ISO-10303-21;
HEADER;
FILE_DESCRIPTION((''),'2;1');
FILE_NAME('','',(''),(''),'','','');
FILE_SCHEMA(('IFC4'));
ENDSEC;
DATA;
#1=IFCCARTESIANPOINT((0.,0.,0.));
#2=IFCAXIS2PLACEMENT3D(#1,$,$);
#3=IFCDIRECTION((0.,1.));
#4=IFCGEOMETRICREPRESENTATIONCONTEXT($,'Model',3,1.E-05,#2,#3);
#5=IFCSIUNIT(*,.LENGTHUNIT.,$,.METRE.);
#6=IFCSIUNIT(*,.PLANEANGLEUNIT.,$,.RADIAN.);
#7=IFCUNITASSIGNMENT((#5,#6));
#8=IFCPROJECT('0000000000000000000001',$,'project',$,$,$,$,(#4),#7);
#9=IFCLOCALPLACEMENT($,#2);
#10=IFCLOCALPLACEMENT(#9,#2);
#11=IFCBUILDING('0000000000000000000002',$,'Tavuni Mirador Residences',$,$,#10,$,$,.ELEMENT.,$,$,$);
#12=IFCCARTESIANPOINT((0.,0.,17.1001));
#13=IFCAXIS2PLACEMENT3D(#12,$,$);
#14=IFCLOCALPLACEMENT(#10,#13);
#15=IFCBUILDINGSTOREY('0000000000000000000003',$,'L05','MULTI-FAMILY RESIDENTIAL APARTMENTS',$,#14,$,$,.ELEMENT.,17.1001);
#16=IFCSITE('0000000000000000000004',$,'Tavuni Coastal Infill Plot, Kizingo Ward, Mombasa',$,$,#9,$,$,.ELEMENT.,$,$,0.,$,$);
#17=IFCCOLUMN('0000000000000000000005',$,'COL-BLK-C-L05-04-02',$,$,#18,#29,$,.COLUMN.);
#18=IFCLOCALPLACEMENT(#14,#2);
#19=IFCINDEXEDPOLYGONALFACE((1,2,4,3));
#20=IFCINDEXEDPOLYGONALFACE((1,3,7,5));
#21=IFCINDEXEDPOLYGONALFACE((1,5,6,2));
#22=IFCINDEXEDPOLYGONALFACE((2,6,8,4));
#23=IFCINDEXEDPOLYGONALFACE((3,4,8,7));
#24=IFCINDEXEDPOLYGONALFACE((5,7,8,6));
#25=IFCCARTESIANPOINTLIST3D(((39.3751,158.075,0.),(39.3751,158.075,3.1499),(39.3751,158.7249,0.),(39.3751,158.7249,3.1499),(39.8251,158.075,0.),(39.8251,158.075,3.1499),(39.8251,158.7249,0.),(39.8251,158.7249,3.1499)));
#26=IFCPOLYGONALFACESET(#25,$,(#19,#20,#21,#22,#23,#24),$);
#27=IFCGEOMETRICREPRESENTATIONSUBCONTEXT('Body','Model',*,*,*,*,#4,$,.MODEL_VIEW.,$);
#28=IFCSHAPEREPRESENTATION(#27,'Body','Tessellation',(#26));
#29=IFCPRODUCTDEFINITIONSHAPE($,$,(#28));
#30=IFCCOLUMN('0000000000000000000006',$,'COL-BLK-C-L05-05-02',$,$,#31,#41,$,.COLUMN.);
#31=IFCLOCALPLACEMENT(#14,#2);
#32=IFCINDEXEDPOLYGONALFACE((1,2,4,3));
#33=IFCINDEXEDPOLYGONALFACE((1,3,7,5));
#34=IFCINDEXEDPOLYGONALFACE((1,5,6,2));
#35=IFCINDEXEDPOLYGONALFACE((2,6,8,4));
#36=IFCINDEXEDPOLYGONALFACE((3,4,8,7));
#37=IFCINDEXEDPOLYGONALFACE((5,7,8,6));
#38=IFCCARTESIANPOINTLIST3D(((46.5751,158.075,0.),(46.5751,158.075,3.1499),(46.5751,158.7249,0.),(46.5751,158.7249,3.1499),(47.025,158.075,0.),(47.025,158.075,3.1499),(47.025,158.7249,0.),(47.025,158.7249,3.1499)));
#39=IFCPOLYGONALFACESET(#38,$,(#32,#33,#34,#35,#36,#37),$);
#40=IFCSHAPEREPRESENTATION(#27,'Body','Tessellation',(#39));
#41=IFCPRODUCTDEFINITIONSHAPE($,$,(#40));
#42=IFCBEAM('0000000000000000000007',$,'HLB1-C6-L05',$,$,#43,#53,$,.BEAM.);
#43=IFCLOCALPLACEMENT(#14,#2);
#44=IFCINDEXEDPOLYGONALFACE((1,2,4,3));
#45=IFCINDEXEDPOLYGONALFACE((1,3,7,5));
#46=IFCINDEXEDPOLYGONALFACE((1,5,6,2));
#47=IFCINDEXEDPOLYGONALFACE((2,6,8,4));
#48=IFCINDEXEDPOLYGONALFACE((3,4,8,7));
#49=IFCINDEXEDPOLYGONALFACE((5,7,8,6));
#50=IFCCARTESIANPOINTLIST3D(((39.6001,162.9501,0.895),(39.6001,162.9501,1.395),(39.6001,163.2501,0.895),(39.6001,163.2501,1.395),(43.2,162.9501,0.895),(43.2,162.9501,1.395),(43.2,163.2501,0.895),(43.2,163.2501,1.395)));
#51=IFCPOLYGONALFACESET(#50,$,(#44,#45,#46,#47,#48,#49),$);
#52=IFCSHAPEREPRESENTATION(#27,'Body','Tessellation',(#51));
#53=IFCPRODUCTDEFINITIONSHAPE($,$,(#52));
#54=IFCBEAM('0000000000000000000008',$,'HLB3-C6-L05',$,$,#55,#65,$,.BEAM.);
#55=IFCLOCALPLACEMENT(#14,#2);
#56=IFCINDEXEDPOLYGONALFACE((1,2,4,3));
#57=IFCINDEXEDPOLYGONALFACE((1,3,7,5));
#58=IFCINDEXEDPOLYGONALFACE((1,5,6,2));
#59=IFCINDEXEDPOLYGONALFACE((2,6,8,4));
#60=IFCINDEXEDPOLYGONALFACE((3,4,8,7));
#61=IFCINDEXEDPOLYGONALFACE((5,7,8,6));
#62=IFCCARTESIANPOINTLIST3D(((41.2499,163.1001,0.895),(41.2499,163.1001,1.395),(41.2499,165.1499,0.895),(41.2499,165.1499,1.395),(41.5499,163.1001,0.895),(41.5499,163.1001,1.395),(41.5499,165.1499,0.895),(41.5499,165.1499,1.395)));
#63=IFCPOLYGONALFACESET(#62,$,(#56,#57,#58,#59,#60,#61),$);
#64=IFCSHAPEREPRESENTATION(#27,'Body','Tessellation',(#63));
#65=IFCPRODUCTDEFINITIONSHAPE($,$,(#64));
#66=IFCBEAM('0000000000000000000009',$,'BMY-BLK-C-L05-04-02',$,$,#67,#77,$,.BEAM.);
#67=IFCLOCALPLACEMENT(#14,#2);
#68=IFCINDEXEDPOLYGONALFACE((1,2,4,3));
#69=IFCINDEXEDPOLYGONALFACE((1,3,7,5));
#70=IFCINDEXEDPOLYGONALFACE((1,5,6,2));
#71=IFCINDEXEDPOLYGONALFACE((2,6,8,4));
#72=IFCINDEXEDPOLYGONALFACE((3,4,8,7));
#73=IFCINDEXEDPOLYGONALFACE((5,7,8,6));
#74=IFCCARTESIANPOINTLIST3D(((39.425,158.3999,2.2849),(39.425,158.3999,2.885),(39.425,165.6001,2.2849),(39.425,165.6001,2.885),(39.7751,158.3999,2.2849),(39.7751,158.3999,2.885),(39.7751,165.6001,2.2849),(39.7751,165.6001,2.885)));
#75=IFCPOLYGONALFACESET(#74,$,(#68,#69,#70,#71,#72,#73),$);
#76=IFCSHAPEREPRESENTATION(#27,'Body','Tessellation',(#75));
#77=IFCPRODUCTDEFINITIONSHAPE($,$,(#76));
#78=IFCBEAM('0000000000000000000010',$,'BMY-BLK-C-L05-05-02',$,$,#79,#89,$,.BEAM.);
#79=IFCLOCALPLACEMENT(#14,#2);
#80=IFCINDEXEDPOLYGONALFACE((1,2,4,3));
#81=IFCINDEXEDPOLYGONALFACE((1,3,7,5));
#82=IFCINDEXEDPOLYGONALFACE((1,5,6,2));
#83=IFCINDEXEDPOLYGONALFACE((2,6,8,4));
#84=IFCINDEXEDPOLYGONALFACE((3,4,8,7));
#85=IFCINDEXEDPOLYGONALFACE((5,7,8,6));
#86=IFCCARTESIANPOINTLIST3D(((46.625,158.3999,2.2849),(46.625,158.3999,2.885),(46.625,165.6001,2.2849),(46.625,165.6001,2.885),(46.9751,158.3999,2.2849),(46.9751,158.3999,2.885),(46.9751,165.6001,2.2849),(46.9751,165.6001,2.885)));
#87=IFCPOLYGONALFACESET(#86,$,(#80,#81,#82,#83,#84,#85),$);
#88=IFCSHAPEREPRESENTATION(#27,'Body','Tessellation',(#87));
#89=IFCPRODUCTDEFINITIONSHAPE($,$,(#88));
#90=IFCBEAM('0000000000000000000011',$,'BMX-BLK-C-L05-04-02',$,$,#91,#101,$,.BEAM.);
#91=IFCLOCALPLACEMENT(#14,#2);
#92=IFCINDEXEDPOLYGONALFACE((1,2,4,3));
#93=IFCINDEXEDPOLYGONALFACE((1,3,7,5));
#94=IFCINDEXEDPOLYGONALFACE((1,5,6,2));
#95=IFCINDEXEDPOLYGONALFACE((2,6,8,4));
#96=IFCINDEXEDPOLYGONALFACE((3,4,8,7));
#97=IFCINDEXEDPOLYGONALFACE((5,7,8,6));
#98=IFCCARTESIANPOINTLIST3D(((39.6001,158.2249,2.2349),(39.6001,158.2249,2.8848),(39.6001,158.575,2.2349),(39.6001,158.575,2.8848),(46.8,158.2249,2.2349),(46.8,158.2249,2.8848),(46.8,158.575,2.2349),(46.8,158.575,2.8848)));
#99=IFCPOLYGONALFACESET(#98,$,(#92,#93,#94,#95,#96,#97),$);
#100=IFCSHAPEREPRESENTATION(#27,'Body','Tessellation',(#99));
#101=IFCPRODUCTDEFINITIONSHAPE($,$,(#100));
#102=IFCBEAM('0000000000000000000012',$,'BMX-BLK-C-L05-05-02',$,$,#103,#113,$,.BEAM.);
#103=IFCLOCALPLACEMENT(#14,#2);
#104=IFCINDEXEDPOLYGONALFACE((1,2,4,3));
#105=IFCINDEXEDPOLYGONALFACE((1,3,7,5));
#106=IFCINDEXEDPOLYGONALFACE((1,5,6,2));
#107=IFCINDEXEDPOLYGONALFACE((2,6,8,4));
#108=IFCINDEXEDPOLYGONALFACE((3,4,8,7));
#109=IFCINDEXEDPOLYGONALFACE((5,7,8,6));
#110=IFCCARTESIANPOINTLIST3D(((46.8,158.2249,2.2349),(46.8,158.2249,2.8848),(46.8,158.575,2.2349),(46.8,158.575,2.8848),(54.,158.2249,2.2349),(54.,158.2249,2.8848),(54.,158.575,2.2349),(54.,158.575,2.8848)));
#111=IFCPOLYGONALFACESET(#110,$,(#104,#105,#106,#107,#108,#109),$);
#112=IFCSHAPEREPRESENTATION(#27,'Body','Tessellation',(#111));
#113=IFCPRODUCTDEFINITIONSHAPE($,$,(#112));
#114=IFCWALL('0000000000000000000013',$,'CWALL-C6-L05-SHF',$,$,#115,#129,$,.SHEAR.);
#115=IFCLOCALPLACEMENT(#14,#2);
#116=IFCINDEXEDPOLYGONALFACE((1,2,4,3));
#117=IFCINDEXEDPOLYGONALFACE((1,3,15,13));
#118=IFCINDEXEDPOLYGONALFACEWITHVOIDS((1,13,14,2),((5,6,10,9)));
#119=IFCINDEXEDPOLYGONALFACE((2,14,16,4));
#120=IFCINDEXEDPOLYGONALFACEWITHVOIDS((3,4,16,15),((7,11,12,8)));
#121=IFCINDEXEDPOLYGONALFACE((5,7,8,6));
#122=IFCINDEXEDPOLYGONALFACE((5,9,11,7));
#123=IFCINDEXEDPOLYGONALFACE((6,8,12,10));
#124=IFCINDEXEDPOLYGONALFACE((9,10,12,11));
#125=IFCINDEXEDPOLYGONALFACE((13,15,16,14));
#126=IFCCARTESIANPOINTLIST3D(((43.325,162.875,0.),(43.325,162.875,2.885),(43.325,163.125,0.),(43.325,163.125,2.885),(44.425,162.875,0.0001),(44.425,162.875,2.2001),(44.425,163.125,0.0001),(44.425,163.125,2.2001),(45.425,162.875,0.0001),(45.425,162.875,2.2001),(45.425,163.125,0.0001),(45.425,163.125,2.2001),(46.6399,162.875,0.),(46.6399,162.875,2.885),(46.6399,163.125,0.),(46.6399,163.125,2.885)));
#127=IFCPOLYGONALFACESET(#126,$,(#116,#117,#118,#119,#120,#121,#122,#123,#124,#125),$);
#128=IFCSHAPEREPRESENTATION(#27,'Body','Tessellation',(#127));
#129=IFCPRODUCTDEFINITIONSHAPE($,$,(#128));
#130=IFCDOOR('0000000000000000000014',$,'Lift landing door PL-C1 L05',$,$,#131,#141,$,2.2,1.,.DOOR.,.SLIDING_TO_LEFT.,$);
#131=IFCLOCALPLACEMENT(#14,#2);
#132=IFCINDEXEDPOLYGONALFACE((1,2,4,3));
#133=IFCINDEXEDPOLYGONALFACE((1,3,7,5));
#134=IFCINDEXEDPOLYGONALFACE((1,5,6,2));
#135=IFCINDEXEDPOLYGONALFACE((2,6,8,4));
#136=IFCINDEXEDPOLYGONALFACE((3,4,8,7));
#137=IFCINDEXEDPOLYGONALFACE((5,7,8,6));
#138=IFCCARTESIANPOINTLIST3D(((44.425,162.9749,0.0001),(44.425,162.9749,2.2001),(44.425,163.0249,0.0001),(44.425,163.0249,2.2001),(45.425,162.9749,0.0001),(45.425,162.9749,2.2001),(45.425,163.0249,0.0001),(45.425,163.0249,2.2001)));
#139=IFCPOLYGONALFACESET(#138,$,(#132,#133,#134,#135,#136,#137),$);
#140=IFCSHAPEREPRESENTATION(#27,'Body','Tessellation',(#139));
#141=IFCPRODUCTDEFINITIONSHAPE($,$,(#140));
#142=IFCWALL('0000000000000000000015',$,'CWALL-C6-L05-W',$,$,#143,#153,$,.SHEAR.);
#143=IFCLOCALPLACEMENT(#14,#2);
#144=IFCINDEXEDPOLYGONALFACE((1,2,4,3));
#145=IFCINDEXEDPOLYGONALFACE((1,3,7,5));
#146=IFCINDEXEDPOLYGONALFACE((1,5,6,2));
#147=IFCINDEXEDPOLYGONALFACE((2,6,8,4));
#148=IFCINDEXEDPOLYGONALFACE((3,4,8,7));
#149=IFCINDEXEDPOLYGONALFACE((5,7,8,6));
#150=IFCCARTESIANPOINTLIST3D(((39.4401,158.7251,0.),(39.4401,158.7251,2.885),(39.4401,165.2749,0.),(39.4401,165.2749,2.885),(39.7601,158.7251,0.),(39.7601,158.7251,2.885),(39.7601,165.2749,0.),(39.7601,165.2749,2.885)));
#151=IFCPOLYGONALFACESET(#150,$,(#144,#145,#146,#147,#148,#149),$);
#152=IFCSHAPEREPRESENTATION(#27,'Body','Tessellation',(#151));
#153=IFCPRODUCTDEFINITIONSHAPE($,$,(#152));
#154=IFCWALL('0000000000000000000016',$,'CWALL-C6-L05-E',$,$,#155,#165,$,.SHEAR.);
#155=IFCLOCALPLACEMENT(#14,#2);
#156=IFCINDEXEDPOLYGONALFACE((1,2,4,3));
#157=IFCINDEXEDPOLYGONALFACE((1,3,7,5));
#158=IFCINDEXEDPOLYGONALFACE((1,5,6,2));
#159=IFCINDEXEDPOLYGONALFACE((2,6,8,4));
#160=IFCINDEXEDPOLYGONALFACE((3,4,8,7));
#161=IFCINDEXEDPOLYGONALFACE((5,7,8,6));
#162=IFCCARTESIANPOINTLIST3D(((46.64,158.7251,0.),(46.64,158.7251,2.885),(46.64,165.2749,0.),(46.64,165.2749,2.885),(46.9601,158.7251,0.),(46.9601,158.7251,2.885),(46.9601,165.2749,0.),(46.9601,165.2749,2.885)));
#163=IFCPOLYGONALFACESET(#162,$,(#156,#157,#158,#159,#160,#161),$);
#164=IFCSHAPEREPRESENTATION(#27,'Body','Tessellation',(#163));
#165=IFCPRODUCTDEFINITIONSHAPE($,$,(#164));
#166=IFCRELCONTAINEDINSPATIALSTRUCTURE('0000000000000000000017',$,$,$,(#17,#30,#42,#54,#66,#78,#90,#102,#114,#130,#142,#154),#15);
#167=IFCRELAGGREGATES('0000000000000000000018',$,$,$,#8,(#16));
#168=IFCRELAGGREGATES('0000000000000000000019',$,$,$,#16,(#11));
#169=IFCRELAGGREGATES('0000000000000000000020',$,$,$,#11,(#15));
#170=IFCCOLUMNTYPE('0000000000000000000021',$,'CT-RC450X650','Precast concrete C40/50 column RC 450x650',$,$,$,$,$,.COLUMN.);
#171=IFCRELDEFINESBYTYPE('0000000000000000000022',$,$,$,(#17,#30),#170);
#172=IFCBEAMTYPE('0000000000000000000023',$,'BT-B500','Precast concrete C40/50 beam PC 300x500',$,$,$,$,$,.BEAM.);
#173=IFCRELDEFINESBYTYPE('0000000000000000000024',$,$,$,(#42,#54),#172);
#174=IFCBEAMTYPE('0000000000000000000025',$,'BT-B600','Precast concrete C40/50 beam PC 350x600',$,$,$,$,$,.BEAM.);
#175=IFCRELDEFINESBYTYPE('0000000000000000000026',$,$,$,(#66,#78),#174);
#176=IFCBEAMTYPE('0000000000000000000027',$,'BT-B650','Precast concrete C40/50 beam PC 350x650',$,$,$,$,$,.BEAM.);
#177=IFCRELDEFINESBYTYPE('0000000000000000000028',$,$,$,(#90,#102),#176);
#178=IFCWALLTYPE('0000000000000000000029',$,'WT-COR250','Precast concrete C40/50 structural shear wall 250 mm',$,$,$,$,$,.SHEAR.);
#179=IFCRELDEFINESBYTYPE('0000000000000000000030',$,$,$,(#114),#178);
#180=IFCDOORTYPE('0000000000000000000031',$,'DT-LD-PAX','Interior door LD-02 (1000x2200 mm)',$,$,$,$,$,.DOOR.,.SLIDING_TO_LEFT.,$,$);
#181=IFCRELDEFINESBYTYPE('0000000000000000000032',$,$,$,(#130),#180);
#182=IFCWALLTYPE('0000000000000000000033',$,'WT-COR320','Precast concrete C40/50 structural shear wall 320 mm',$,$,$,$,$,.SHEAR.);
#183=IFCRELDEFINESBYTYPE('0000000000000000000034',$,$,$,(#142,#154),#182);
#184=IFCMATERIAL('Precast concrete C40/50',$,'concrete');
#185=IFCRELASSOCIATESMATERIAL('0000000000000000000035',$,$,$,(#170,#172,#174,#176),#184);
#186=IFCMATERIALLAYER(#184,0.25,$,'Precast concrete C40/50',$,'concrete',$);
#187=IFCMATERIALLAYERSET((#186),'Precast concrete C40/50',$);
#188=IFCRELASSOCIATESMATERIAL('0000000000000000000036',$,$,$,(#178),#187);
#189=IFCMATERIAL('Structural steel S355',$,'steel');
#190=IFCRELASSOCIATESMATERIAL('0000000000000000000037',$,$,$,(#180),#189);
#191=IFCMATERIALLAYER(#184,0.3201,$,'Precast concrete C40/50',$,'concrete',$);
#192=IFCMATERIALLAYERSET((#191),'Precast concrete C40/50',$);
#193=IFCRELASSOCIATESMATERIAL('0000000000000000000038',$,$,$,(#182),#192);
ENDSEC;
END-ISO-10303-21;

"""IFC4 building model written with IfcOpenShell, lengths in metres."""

from ifc_helpers import new_model, si_unit, direction, frame, frame_2d, origin, origin_2d, place, context, subcontext, project, spatial, rectangle, extrude, material, layer, layer_set, material_profile, profile_set, type_object, element, fill, save


model = new_model("IFC4")

# Units and contexts
model_context = context("Model", 3, precision=1e-05, world=origin(), true_north=direction((0.0, 1.0)))
body_context = subcontext(model_context, "Body", "Model", "MODEL_VIEW")
ifc_project = project(units=[si_unit("LENGTHUNIT", "METRE"), si_unit("PLANEANGLEUNIT", "RADIAN")], contexts=[model_context])

# Site, building, storey
site_placement = place(None, origin())
site = spatial("IfcSite", under=ifc_project, at=site_placement, Name="Tavuni Coastal Infill Plot, Kizingo Ward, Mombasa", CompositionType="ELEMENT", RefElevation=0.0)
building_placement = place(site_placement, origin())
building = spatial("IfcBuilding", under=site, at=building_placement, Name="Tavuni Mirador Residences", CompositionType="ELEMENT")
storey_placement = place(building_placement, frame((0.0, 0.0, 17.1001)))
storey = spatial("IfcBuildingStorey", under=building, at=storey_placement, Name="L05", Description="MULTI-FAMILY RESIDENTIAL APARTMENTS", CompositionType="ELEMENT", Elevation=17.1001)

# Columns
ifc_material_1 = material(Name="Precast concrete C40/50", Category="concrete")
ifc_material_profile_1 = material_profile(ifc_material_1, rectangle(XDim=0.45, YDim=0.6499, at=origin_2d()), Name="RC 450x650", Category="concrete")
ifc_profile_set_1 = profile_set([ifc_material_profile_1], Name="Precast concrete C40/50")
column_type = type_object("IfcColumnType", Name="CT-RC450X650", Description="Precast concrete C40/50 column RC 450x650", PredefinedType="COLUMN", material=ifc_profile_set_1)
for number, where, z_axis, x_axis, name in (
    (1, (39.6001, 158.3999, 0.0), (0.0, 0.0, 1.0), (1.0, 0.0, 0.0), "COL-BLK-C-L05-04-02"),
    (2, (46.8, 158.3999, 0.0), (0.0, 0.0, 1.0), (1.0, 0.0, 0.0), "COL-BLK-C-L05-05-02"),
):
    element("IfcColumn", number, at=place(storey_placement, frame(where, z_axis=z_axis, x_axis=x_axis)), inside=storey, type_object=column_type, Name=name, PredefinedType="COLUMN", context=body_context, shape_type="SweptSolid", body=[
        extrude(rectangle(XDim=0.45, YDim=0.6499, at=origin_2d()), origin(), (0.0, 0.0, 1.0), 3.1499),
    ])

# Beams
ifc_material_profile_2 = material_profile(ifc_material_1, rectangle(XDim=0.3, YDim=0.5, at=origin_2d()), Name="PC 300x500", Category="concrete")
ifc_profile_set_2 = profile_set([ifc_material_profile_2], Name="Precast concrete C40/50")
beam_type_1 = type_object("IfcBeamType", Name="BT-B500", Description="Precast concrete C40/50 beam PC 300x500", PredefinedType="BEAM", material=ifc_profile_set_2)
beam_1_placement = place(storey_placement, frame((39.6001, 163.1001, 1.145), z_axis=(1.0, 0.0, 0.0), x_axis=(0.0, 1.0, 0.0)))
element("IfcBeam", 3, at=beam_1_placement, inside=storey, type_object=beam_type_1, Name="HLB1-C6-L05", PredefinedType="BEAM", context=body_context, shape_type="SweptSolid", body=[
    extrude(rectangle(XDim=0.3, YDim=0.5, at=origin_2d()), origin(), (0.0, 0.0, 1.0), 3.5999),
])
beam_2_placement = place(storey_placement, frame((41.3999, 163.1001, 1.145), z_axis=(0.0, 1.0, 0.0), x_axis=(-1.0, 0.0, 0.0)))
element("IfcBeam", 4, at=beam_2_placement, inside=storey, type_object=beam_type_1, Name="HLB3-C6-L05", PredefinedType="BEAM", context=body_context, shape_type="SweptSolid", body=[
    extrude(rectangle(XDim=0.3, YDim=0.5, at=origin_2d()), origin(), (0.0, 0.0, 1.0), 2.0498),
])
ifc_material_profile_3 = material_profile(ifc_material_1, rectangle(XDim=0.3501, YDim=0.6001, at=origin_2d()), Name="PC 350x600", Category="concrete")
ifc_profile_set_3 = profile_set([ifc_material_profile_3], Name="Precast concrete C40/50")
beam_type_2 = type_object("IfcBeamType", Name="BT-B600", Description="Precast concrete C40/50 beam PC 350x600", PredefinedType="BEAM", material=ifc_profile_set_3)
for number, where, z_axis, x_axis, name in (
    (5, (39.6001, 158.3999, 2.585), (0.0, 1.0, 0.0), (-1.0, 0.0, 0.0), "BMY-BLK-C-L05-04-02"),
    (6, (46.8, 158.3999, 2.585), (0.0, 1.0, 0.0), (-1.0, 0.0, 0.0), "BMY-BLK-C-L05-05-02"),
):
    element("IfcBeam", number, at=place(storey_placement, frame(where, z_axis=z_axis, x_axis=x_axis)), inside=storey, type_object=beam_type_2, Name=name, PredefinedType="BEAM", context=body_context, shape_type="SweptSolid", body=[
        extrude(rectangle(XDim=0.3501, YDim=0.6001, at=origin_2d()), origin(), (0.0, 0.0, 1.0), 7.2002),
    ])
ifc_material_profile_4 = material_profile(ifc_material_1, rectangle(XDim=0.3501, YDim=0.6499, at=origin_2d()), Name="PC 350x650", Category="concrete")
ifc_profile_set_4 = profile_set([ifc_material_profile_4], Name="Precast concrete C40/50")
beam_type_3 = type_object("IfcBeamType", Name="BT-B650", Description="Precast concrete C40/50 beam PC 350x650", PredefinedType="BEAM", material=ifc_profile_set_4)
for number, where, z_axis, x_axis, name in (
    (7, (39.6001, 158.3999, 2.5598), (1.0, 0.0, 0.0), (0.0, 1.0, 0.0), "BMX-BLK-C-L05-04-02"),
    (8, (46.8, 158.3999, 2.5598), (1.0, 0.0, 0.0), (0.0, 1.0, 0.0), "BMX-BLK-C-L05-05-02"),
):
    element("IfcBeam", number, at=place(storey_placement, frame(where, z_axis=z_axis, x_axis=x_axis)), inside=storey, type_object=beam_type_3, Name=name, PredefinedType="BEAM", context=body_context, shape_type="SweptSolid", body=[
        extrude(rectangle(XDim=0.3501, YDim=0.6499, at=origin_2d()), origin(), (0.0, 0.0, 1.0), 7.2),
    ])

# Wall, opening, door
ifc_layer_1 = layer(ifc_material_1, 0.25, Name="Precast concrete C40/50", Category="concrete")
ifc_layer_set_1 = layer_set([ifc_layer_1], Name="Precast concrete C40/50")
wall_type_1 = type_object("IfcWallType", Name="WT-COR250", Description="Precast concrete C40/50 structural shear wall 250 mm", PredefinedType="SHEAR", material=ifc_layer_set_1)
wall_1_placement = place(storey_placement, frame((43.325, 163.0, 0.0), z_axis=(0.0, 0.0, 1.0), x_axis=(1.0, 0.0, 0.0)))
wall_1 = element("IfcWall", 9, at=wall_1_placement, inside=storey, type_object=wall_type_1, Name="CWALL-C6-L05-SHF", PredefinedType="SHEAR", context=body_context, shape_type="SweptSolid", body=[
    extrude(rectangle(XDim=3.3149, YDim=0.25, at=frame_2d((1.6575, 0.0))), origin(), (0.0, 0.0, 1.0), 2.885),
])
opening_1_placement = place(wall_1_placement, frame((1.1001, 0.0, 0.0)))
opening_1 = element("IfcOpeningElement", 10, at=opening_1_placement, cuts=wall_1, PredefinedType="OPENING", context=body_context, shape_type="SweptSolid", body=[
    extrude(rectangle(XDim=1.0, YDim=2.2, at=frame_2d((0.5, 1.1001))), frame((0.0, 0.135, 0.0), z_axis=(0.0, -1.0, 0.0), x_axis=(1.0, 0.0, 0.0)), (0.0, 0.0, 1.0), 0.27),
])
ifc_material_2 = material(Name="Structural steel S355", Category="steel")
door_type_1 = type_object("IfcDoorType", Name="DT-LD-PAX", Description="Interior door LD-02 (1000x2200 mm)", OperationType="SLIDING_TO_LEFT", PredefinedType="DOOR", material=ifc_material_2)
door_1_placement = place(opening_1_placement, origin())
door_1 = element("IfcDoor", 11, at=door_1_placement, inside=storey, type_object=door_type_1, Name="Lift landing door PL-C1 L05", OperationType="SLIDING_TO_LEFT", OverallHeight=2.2, OverallWidth=1.0, PredefinedType="DOOR", context=body_context, shape_type="SweptSolid", body=[
    extrude(rectangle(XDim=1.0, YDim=2.2, at=frame_2d((0.5, 1.1001))), frame((0.0, 0.0249, 0.0), z_axis=(0.0, -1.0, 0.0), x_axis=(1.0, 0.0, 0.0)), (0.0, 0.0, 1.0), 0.05),
])
fill(opening_1, door_1)

# Walls
ifc_layer_2 = layer(ifc_material_1, 0.3201, Name="Precast concrete C40/50", Category="concrete")
ifc_layer_set_2 = layer_set([ifc_layer_2], Name="Precast concrete C40/50")
wall_type_2 = type_object("IfcWallType", Name="WT-COR320", Description="Precast concrete C40/50 structural shear wall 320 mm", PredefinedType="SHEAR", material=ifc_layer_set_2)
for number, where, z_axis, x_axis, name in (
    (12, (39.6001, 158.7251, 0.0), (0.0, 0.0, 1.0), (0.0, 1.0, 0.0), "CWALL-C6-L05-W"),
    (13, (46.8, 158.7251, 0.0), (0.0, 0.0, 1.0), (0.0, 1.0, 0.0), "CWALL-C6-L05-E"),
):
    element("IfcWall", number, at=place(storey_placement, frame(where, z_axis=z_axis, x_axis=x_axis)), inside=storey, type_object=wall_type_2, Name=name, PredefinedType="SHEAR", context=body_context, shape_type="SweptSolid", body=[
        extrude(rectangle(XDim=6.5498, YDim=0.3201, at=frame_2d((3.2749, 0.0))), origin(), (0.0, 0.0, 1.0), 2.885),
    ])

save(model, "model.ifc")
